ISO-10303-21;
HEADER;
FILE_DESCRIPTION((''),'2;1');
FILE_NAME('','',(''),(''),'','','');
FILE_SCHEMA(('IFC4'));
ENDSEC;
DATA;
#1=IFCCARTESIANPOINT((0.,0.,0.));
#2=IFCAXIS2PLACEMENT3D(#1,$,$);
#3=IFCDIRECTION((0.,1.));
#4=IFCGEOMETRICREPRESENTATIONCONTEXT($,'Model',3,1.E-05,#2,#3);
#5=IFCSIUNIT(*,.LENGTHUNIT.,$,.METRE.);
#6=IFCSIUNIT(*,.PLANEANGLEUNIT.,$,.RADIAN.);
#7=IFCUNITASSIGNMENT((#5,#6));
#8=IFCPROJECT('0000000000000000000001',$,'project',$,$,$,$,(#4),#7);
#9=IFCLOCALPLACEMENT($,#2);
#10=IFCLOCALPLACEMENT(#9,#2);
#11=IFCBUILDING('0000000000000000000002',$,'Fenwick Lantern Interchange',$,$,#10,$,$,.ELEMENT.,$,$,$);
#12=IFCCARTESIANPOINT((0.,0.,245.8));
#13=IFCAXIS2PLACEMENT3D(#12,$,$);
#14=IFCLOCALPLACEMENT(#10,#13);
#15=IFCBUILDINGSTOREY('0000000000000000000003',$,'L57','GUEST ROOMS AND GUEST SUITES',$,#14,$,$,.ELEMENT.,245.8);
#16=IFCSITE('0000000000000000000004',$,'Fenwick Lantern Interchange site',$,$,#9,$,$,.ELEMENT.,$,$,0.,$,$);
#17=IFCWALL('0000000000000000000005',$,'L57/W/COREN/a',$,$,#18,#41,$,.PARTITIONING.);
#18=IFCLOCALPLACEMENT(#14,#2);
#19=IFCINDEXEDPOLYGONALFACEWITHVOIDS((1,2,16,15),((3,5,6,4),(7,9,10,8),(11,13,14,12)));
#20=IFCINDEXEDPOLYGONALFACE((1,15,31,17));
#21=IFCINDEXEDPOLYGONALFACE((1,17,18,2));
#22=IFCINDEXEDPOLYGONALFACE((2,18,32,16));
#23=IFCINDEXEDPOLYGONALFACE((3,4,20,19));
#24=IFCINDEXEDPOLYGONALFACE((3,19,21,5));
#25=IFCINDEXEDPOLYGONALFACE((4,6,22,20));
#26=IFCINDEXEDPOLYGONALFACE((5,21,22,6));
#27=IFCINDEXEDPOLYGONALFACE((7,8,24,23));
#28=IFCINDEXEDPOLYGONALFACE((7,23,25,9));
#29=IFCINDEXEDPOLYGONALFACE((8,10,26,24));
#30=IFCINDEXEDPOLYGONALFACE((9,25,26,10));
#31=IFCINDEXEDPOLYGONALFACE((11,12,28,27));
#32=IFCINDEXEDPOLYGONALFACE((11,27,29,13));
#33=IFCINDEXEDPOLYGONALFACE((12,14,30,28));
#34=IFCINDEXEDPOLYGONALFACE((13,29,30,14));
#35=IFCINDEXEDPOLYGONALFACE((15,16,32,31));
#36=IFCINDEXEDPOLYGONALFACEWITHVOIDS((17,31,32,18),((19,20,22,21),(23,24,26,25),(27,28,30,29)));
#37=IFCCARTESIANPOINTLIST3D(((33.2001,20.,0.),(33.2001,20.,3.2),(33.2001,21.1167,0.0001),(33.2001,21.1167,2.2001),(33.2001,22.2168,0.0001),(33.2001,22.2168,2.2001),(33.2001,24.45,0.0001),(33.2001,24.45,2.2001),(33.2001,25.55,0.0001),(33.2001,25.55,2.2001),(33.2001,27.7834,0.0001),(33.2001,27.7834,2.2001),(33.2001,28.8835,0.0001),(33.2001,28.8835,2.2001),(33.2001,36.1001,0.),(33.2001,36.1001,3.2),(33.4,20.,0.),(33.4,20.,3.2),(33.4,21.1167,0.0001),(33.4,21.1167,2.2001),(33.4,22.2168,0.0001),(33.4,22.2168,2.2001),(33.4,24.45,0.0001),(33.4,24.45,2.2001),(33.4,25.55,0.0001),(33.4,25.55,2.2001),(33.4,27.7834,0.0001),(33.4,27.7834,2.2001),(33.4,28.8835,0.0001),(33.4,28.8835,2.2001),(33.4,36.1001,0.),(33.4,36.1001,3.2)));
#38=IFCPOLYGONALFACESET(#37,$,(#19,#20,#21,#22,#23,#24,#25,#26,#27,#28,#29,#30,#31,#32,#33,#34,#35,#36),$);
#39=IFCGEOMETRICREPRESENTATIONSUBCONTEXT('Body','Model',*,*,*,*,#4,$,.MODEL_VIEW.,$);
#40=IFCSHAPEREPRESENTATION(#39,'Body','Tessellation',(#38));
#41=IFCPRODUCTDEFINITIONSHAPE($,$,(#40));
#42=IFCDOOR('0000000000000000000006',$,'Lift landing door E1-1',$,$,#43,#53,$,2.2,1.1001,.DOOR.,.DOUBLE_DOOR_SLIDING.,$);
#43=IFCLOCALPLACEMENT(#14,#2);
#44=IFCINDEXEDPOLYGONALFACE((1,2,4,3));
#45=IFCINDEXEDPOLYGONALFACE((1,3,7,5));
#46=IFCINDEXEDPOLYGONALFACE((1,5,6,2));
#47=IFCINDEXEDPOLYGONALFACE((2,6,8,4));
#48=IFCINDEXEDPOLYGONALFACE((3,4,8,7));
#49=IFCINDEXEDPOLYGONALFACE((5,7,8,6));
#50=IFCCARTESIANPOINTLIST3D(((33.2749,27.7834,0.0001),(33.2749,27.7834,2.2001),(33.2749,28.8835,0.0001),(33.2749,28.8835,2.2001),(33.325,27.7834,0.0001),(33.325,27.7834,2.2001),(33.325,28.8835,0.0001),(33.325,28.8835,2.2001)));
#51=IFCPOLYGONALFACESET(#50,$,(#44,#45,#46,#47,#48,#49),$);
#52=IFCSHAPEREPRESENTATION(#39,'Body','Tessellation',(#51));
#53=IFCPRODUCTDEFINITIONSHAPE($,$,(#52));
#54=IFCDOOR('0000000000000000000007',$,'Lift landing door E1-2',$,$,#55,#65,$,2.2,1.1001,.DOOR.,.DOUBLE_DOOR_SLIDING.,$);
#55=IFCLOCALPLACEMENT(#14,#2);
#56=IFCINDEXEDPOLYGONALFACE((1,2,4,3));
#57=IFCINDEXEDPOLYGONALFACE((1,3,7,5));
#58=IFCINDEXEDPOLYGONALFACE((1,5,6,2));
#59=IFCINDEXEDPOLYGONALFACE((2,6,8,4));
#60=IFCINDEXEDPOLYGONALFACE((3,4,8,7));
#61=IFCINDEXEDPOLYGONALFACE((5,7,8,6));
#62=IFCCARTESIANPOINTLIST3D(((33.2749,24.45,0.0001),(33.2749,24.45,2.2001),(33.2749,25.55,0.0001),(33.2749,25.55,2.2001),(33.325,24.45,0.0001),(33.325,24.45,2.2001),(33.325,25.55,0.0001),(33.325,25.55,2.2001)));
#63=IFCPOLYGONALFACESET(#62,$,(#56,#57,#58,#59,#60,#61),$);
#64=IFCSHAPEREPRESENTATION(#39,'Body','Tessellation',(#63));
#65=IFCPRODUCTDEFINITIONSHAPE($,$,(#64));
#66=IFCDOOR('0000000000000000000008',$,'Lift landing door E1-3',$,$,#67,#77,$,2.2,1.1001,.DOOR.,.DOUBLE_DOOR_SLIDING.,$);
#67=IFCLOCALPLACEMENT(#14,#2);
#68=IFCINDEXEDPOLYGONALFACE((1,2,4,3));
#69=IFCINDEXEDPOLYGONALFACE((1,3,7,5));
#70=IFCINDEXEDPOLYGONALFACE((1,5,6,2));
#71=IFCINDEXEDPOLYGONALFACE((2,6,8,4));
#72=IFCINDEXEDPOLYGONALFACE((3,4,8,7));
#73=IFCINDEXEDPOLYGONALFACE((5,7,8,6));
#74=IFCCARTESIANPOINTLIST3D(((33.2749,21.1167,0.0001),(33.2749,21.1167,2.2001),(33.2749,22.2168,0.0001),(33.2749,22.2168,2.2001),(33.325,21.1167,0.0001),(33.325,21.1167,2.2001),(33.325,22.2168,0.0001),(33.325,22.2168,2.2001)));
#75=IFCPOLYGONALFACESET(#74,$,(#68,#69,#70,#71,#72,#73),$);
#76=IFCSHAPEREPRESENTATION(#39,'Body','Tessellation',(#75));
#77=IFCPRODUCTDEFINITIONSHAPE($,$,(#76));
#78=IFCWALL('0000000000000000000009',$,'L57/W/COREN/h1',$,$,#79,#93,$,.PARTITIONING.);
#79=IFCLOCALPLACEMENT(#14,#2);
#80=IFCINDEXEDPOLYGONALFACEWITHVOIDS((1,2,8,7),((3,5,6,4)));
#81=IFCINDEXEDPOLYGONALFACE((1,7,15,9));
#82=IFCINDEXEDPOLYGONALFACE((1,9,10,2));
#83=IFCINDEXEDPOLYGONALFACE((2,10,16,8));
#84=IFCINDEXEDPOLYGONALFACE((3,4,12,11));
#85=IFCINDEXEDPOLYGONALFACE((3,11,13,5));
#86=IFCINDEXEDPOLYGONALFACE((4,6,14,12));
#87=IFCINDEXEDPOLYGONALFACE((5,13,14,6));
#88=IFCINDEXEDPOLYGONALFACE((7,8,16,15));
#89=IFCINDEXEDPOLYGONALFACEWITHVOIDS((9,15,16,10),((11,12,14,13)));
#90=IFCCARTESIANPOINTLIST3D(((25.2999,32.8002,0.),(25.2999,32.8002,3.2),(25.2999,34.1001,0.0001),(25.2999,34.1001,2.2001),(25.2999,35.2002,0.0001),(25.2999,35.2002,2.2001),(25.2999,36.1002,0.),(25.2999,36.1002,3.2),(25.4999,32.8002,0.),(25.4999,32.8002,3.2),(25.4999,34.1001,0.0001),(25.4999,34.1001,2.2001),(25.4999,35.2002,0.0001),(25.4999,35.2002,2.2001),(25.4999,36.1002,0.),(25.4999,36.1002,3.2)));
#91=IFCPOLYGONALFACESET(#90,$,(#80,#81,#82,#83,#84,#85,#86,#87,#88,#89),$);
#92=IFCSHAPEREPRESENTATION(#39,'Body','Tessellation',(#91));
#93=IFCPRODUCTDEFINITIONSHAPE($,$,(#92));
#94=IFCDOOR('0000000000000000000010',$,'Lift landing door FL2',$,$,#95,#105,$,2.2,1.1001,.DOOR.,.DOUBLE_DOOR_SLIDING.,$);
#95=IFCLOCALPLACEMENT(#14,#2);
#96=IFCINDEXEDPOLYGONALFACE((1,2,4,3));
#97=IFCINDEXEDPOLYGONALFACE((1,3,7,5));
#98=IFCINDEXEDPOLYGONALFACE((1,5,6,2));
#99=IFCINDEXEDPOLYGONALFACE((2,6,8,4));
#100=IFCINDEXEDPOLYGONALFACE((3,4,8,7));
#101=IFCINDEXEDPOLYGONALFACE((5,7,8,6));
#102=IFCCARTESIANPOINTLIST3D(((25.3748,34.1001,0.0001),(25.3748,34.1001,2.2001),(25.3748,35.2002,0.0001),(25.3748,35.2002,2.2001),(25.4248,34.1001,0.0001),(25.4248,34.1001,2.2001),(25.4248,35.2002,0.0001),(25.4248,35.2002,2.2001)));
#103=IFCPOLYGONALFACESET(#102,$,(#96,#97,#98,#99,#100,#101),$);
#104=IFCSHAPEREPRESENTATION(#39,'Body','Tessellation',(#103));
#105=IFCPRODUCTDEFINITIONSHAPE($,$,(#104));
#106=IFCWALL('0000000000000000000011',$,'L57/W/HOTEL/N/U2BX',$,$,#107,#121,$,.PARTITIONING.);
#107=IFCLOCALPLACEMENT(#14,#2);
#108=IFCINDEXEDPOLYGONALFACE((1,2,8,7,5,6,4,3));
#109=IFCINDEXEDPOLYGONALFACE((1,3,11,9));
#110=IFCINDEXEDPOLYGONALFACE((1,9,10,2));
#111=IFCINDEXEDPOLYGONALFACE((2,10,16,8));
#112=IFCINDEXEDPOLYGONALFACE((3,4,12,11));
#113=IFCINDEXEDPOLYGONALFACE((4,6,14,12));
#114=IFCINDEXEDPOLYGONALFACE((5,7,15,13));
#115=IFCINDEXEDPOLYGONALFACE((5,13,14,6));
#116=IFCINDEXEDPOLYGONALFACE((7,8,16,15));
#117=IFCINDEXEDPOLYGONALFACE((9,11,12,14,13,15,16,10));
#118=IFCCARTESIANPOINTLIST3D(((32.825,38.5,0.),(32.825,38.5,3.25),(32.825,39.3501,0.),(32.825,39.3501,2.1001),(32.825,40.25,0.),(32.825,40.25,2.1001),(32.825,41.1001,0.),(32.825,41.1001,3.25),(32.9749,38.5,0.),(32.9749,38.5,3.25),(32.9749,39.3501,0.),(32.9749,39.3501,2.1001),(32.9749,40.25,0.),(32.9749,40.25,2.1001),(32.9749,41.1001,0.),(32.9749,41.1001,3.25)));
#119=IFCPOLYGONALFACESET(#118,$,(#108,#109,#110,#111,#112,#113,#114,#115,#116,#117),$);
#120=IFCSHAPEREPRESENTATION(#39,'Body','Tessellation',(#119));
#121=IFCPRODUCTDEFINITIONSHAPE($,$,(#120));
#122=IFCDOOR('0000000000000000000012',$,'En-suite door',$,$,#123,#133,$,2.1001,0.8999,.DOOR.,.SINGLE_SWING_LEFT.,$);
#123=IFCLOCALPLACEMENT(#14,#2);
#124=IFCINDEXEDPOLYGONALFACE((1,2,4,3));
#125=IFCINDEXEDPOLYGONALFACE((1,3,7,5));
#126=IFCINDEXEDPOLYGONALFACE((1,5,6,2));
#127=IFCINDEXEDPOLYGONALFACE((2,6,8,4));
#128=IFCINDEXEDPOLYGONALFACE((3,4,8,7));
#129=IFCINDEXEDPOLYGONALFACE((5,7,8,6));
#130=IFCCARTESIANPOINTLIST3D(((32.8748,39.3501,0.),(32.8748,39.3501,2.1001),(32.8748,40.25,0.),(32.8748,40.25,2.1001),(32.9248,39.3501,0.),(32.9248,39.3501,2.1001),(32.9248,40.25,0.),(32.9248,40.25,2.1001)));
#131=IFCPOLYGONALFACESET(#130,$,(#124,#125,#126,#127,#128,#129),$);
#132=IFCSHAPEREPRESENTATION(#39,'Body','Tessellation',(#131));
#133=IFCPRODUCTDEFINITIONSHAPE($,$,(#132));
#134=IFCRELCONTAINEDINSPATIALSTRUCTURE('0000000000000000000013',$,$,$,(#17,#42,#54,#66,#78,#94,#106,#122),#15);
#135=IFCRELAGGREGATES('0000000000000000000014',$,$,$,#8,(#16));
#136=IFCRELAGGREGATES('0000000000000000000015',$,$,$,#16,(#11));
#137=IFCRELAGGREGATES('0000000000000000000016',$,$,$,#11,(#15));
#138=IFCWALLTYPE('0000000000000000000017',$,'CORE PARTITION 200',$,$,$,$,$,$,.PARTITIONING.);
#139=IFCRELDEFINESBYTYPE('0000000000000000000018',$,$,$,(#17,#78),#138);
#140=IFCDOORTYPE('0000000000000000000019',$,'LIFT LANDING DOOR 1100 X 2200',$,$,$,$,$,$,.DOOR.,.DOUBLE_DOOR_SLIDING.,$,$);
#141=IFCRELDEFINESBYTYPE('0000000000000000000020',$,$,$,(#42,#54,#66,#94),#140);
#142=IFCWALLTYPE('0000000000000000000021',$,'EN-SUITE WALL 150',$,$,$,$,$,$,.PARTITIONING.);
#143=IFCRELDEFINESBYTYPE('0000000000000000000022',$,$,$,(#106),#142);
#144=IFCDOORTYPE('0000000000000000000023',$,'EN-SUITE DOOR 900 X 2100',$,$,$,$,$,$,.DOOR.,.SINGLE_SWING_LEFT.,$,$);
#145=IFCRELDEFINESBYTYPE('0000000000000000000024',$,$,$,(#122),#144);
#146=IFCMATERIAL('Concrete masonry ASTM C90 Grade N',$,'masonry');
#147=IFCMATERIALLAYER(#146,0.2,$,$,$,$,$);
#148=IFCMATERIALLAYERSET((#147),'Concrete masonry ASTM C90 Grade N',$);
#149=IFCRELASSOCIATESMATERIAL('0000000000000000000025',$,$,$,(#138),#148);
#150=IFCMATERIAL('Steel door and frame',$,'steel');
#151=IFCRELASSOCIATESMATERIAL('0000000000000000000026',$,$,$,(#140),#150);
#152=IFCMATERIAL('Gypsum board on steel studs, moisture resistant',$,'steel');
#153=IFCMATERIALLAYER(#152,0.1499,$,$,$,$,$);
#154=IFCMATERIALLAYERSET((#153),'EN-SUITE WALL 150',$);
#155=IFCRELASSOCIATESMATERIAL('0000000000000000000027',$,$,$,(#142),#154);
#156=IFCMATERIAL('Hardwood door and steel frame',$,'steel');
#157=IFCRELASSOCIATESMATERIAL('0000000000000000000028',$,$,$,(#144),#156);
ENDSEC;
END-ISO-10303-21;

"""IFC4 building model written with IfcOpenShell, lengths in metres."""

from ifc_helpers import new_model, si_unit, direction, frame, frame_2d, origin, place, context, subcontext, project, spatial, rectangle, extrude, material, layer, layer_set, type_object, element, fill, save


model = new_model("IFC4")

# Units and contexts
model_context = context("Model", 3, precision=1e-05, world=origin(), true_north=direction((0.0, 1.0)))
body_context = subcontext(model_context, "Body", "Model", "MODEL_VIEW")
ifc_project = project(units=[si_unit("LENGTHUNIT", "METRE"), si_unit("PLANEANGLEUNIT", "RADIAN")], contexts=[model_context])

# Site, building, storey
site_placement = place(None, origin())
site = spatial("IfcSite", under=ifc_project, at=site_placement, Name="Fenwick Lantern Interchange site", CompositionType="ELEMENT", RefElevation=0.0)
building_placement = place(site_placement, origin())
building = spatial("IfcBuilding", under=site, at=building_placement, Name="Fenwick Lantern Interchange", CompositionType="ELEMENT")
storey_placement = place(building_placement, frame((0.0, 0.0, 245.8)))
storey = spatial("IfcBuildingStorey", under=building, at=storey_placement, Name="L57", Description="GUEST ROOMS AND GUEST SUITES", CompositionType="ELEMENT", Elevation=245.8)

# Wall, openings, doors
ifc_material_1 = material(Name="Concrete masonry ASTM C90 Grade N", Category="masonry")
ifc_layer_1 = layer(ifc_material_1, 0.2)
ifc_layer_set_1 = layer_set([ifc_layer_1], Name="Concrete masonry ASTM C90 Grade N")
wall_type_1 = type_object("IfcWallType", Name="CORE PARTITION 200", PredefinedType="PARTITIONING", material=ifc_layer_set_1)
wall_1_placement = place(storey_placement, frame((33.3, 36.1001, 0.0), z_axis=(0.0, 0.0, 1.0), x_axis=(0.0, -1.0, 0.0)))
wall_1 = element("IfcWall", 1, at=wall_1_placement, inside=storey, type_object=wall_type_1, Name="L57/W/COREN/a", PredefinedType="PARTITIONING", context=body_context, shape_type="SweptSolid", body=[
    extrude(rectangle(XDim=16.1001, YDim=0.2, at=frame_2d((8.05, 0.0))), origin(), (0.0, 0.0, 1.0), 3.2),
])
opening_1_placement = place(wall_1_placement, frame((7.2166, 0.0, 0.0)))
opening_1 = element("IfcOpeningElement", 2, at=opening_1_placement, cuts=wall_1, PredefinedType="OPENING", context=body_context, shape_type="SweptSolid", body=[
    extrude(rectangle(XDim=1.1001, YDim=2.2, at=frame_2d((0.55, 1.1001))), frame((0.0, 0.1099, 0.0), z_axis=(0.0, -1.0, 0.0), x_axis=(1.0, 0.0, 0.0)), (0.0, 0.0, 1.0), 0.22),
])
opening_2_placement = place(wall_1_placement, frame((10.55, 0.0, 0.0)))
opening_2 = element("IfcOpeningElement", 3, at=opening_2_placement, cuts=wall_1, PredefinedType="OPENING", context=body_context, shape_type="SweptSolid", body=[
    extrude(rectangle(XDim=1.1001, YDim=2.2, at=frame_2d((0.55, 1.1001))), frame((0.0, 0.1099, 0.0), z_axis=(0.0, -1.0, 0.0), x_axis=(1.0, 0.0, 0.0)), (0.0, 0.0, 1.0), 0.22),
])
opening_3_placement = place(wall_1_placement, frame((13.8833, 0.0, 0.0)))
opening_3 = element("IfcOpeningElement", 4, at=opening_3_placement, cuts=wall_1, PredefinedType="OPENING", context=body_context, shape_type="SweptSolid", body=[
    extrude(rectangle(XDim=1.1001, YDim=2.2, at=frame_2d((0.55, 1.1001))), frame((0.0, 0.1099, 0.0), z_axis=(0.0, -1.0, 0.0), x_axis=(1.0, 0.0, 0.0)), (0.0, 0.0, 1.0), 0.22),
])
ifc_material_2 = material(Name="Steel door and frame", Category="steel")
door_type_1 = type_object("IfcDoorType", Name="LIFT LANDING DOOR 1100 X 2200", OperationType="DOUBLE_DOOR_SLIDING", PredefinedType="DOOR", material=ifc_material_2)
door_1_placement = place(opening_1_placement, origin())
door_1 = element("IfcDoor", 5, at=door_1_placement, inside=storey, type_object=door_type_1, Name="Lift landing door E1-1", OperationType="DOUBLE_DOOR_SLIDING", OverallHeight=2.2, OverallWidth=1.1001, PredefinedType="DOOR", context=body_context, shape_type="SweptSolid", body=[
    extrude(rectangle(XDim=1.1001, YDim=2.2, at=frame_2d((0.55, 1.1001))), frame((0.0, 0.0249, 0.0), z_axis=(0.0, -1.0, 0.0), x_axis=(1.0, 0.0, 0.0)), (0.0, 0.0, 1.0), 0.05),
])
fill(opening_1, door_1)
door_2_placement = place(opening_2_placement, origin())
door_2 = element("IfcDoor", 6, at=door_2_placement, inside=storey, type_object=door_type_1, Name="Lift landing door E1-2", OperationType="DOUBLE_DOOR_SLIDING", OverallHeight=2.2, OverallWidth=1.1001, PredefinedType="DOOR", context=body_context, shape_type="SweptSolid", body=[
    extrude(rectangle(XDim=1.1001, YDim=2.2, at=frame_2d((0.55, 1.1001))), frame((0.0, 0.0249, 0.0), z_axis=(0.0, -1.0, 0.0), x_axis=(1.0, 0.0, 0.0)), (0.0, 0.0, 1.0), 0.05),
])
fill(opening_2, door_2)
door_3_placement = place(opening_3_placement, origin())
door_3 = element("IfcDoor", 7, at=door_3_placement, inside=storey, type_object=door_type_1, Name="Lift landing door E1-3", OperationType="DOUBLE_DOOR_SLIDING", OverallHeight=2.2, OverallWidth=1.1001, PredefinedType="DOOR", context=body_context, shape_type="SweptSolid", body=[
    extrude(rectangle(XDim=1.1001, YDim=2.2, at=frame_2d((0.55, 1.1001))), frame((0.0, 0.0249, 0.0), z_axis=(0.0, -1.0, 0.0), x_axis=(1.0, 0.0, 0.0)), (0.0, 0.0, 1.0), 0.05),
])
fill(opening_3, door_3)

# Walls, openings, doors
wall_2_placement = place(storey_placement, frame((25.3999, 36.1001, 0.0), z_axis=(0.0, 0.0, 1.0), x_axis=(0.0, -1.0, 0.0)))
wall_2 = element("IfcWall", 8, at=wall_2_placement, inside=storey, type_object=wall_type_1, Name="L57/W/COREN/h1", PredefinedType="PARTITIONING", context=body_context, shape_type="SweptSolid", body=[
    extrude(rectangle(XDim=3.3, YDim=0.2, at=frame_2d((1.6499, 0.0))), origin(), (0.0, 0.0, 1.0), 3.2),
])
opening_4_placement = place(wall_2_placement, frame((0.8999, 0.0, 0.0)))
opening_4 = element("IfcOpeningElement", 9, at=opening_4_placement, cuts=wall_2, PredefinedType="OPENING", context=body_context, shape_type="SweptSolid", body=[
    extrude(rectangle(XDim=1.1001, YDim=2.2, at=frame_2d((0.55, 1.1001))), frame((0.0, 0.1099, 0.0), z_axis=(0.0, -1.0, 0.0), x_axis=(1.0, 0.0, 0.0)), (0.0, 0.0, 1.0), 0.22),
])
door_4_placement = place(opening_4_placement, origin())
door_4 = element("IfcDoor", 10, at=door_4_placement, inside=storey, type_object=door_type_1, Name="Lift landing door FL2", OperationType="DOUBLE_DOOR_SLIDING", OverallHeight=2.2, OverallWidth=1.1001, PredefinedType="DOOR", context=body_context, shape_type="SweptSolid", body=[
    extrude(rectangle(XDim=1.1001, YDim=2.2, at=frame_2d((0.55, 1.1001))), frame((0.0, 0.0249, 0.0), z_axis=(0.0, -1.0, 0.0), x_axis=(1.0, 0.0, 0.0)), (0.0, 0.0, 1.0), 0.05),
])
fill(opening_4, door_4)
ifc_material_3 = material(Name="Gypsum board on steel studs, moisture resistant", Category="steel")
ifc_layer_2 = layer(ifc_material_3, 0.1499)
ifc_layer_set_2 = layer_set([ifc_layer_2], Name="EN-SUITE WALL 150")
wall_type_2 = type_object("IfcWallType", Name="EN-SUITE WALL 150", PredefinedType="PARTITIONING", material=ifc_layer_set_2)
wall_3_placement = place(storey_placement, frame((32.8999, 41.1001, 0.0), z_axis=(0.0, 0.0, 1.0), x_axis=(0.0, -1.0, 0.0)))
wall_3 = element("IfcWall", 11, at=wall_3_placement, inside=storey, type_object=wall_type_2, Name="L57/W/HOTEL/N/U2BX", PredefinedType="PARTITIONING", context=body_context, shape_type="SweptSolid", body=[
    extrude(rectangle(XDim=2.6001, YDim=0.1499, at=frame_2d((1.3, 0.0))), origin(), (0.0, 0.0, 1.0), 3.25),
])
opening_5_placement = place(wall_3_placement, frame((0.8501, 0.0, 0.0)))
opening_5 = element("IfcOpeningElement", 12, at=opening_5_placement, cuts=wall_3, PredefinedType="OPENING", context=body_context, shape_type="SweptSolid", body=[
    extrude(rectangle(XDim=0.8999, YDim=2.1001, at=frame_2d((0.45, 1.05))), frame((0.0, 0.085, 0.0), z_axis=(0.0, -1.0, 0.0), x_axis=(1.0, 0.0, 0.0)), (0.0, 0.0, 1.0), 0.1699),
])
ifc_material_4 = material(Name="Hardwood door and steel frame", Category="steel")
door_type_2 = type_object("IfcDoorType", Name="EN-SUITE DOOR 900 X 2100", OperationType="SINGLE_SWING_LEFT", PredefinedType="DOOR", material=ifc_material_4)
door_5_placement = place(opening_5_placement, origin())
door_5 = element("IfcDoor", 13, at=door_5_placement, inside=storey, type_object=door_type_2, Name="En-suite door", OperationType="SINGLE_SWING_LEFT", OverallHeight=2.1001, OverallWidth=0.8999, PredefinedType="DOOR", context=body_context, shape_type="SweptSolid", body=[
    extrude(rectangle(XDim=0.8999, YDim=2.1001, at=frame_2d((0.45, 1.05))), frame((0.0, 0.0249, 0.0), z_axis=(0.0, -1.0, 0.0), x_axis=(1.0, 0.0, 0.0)), (0.0, 0.0, 1.0), 0.05),
])
fill(opening_5, door_5)

save(model, "model.ifc")
